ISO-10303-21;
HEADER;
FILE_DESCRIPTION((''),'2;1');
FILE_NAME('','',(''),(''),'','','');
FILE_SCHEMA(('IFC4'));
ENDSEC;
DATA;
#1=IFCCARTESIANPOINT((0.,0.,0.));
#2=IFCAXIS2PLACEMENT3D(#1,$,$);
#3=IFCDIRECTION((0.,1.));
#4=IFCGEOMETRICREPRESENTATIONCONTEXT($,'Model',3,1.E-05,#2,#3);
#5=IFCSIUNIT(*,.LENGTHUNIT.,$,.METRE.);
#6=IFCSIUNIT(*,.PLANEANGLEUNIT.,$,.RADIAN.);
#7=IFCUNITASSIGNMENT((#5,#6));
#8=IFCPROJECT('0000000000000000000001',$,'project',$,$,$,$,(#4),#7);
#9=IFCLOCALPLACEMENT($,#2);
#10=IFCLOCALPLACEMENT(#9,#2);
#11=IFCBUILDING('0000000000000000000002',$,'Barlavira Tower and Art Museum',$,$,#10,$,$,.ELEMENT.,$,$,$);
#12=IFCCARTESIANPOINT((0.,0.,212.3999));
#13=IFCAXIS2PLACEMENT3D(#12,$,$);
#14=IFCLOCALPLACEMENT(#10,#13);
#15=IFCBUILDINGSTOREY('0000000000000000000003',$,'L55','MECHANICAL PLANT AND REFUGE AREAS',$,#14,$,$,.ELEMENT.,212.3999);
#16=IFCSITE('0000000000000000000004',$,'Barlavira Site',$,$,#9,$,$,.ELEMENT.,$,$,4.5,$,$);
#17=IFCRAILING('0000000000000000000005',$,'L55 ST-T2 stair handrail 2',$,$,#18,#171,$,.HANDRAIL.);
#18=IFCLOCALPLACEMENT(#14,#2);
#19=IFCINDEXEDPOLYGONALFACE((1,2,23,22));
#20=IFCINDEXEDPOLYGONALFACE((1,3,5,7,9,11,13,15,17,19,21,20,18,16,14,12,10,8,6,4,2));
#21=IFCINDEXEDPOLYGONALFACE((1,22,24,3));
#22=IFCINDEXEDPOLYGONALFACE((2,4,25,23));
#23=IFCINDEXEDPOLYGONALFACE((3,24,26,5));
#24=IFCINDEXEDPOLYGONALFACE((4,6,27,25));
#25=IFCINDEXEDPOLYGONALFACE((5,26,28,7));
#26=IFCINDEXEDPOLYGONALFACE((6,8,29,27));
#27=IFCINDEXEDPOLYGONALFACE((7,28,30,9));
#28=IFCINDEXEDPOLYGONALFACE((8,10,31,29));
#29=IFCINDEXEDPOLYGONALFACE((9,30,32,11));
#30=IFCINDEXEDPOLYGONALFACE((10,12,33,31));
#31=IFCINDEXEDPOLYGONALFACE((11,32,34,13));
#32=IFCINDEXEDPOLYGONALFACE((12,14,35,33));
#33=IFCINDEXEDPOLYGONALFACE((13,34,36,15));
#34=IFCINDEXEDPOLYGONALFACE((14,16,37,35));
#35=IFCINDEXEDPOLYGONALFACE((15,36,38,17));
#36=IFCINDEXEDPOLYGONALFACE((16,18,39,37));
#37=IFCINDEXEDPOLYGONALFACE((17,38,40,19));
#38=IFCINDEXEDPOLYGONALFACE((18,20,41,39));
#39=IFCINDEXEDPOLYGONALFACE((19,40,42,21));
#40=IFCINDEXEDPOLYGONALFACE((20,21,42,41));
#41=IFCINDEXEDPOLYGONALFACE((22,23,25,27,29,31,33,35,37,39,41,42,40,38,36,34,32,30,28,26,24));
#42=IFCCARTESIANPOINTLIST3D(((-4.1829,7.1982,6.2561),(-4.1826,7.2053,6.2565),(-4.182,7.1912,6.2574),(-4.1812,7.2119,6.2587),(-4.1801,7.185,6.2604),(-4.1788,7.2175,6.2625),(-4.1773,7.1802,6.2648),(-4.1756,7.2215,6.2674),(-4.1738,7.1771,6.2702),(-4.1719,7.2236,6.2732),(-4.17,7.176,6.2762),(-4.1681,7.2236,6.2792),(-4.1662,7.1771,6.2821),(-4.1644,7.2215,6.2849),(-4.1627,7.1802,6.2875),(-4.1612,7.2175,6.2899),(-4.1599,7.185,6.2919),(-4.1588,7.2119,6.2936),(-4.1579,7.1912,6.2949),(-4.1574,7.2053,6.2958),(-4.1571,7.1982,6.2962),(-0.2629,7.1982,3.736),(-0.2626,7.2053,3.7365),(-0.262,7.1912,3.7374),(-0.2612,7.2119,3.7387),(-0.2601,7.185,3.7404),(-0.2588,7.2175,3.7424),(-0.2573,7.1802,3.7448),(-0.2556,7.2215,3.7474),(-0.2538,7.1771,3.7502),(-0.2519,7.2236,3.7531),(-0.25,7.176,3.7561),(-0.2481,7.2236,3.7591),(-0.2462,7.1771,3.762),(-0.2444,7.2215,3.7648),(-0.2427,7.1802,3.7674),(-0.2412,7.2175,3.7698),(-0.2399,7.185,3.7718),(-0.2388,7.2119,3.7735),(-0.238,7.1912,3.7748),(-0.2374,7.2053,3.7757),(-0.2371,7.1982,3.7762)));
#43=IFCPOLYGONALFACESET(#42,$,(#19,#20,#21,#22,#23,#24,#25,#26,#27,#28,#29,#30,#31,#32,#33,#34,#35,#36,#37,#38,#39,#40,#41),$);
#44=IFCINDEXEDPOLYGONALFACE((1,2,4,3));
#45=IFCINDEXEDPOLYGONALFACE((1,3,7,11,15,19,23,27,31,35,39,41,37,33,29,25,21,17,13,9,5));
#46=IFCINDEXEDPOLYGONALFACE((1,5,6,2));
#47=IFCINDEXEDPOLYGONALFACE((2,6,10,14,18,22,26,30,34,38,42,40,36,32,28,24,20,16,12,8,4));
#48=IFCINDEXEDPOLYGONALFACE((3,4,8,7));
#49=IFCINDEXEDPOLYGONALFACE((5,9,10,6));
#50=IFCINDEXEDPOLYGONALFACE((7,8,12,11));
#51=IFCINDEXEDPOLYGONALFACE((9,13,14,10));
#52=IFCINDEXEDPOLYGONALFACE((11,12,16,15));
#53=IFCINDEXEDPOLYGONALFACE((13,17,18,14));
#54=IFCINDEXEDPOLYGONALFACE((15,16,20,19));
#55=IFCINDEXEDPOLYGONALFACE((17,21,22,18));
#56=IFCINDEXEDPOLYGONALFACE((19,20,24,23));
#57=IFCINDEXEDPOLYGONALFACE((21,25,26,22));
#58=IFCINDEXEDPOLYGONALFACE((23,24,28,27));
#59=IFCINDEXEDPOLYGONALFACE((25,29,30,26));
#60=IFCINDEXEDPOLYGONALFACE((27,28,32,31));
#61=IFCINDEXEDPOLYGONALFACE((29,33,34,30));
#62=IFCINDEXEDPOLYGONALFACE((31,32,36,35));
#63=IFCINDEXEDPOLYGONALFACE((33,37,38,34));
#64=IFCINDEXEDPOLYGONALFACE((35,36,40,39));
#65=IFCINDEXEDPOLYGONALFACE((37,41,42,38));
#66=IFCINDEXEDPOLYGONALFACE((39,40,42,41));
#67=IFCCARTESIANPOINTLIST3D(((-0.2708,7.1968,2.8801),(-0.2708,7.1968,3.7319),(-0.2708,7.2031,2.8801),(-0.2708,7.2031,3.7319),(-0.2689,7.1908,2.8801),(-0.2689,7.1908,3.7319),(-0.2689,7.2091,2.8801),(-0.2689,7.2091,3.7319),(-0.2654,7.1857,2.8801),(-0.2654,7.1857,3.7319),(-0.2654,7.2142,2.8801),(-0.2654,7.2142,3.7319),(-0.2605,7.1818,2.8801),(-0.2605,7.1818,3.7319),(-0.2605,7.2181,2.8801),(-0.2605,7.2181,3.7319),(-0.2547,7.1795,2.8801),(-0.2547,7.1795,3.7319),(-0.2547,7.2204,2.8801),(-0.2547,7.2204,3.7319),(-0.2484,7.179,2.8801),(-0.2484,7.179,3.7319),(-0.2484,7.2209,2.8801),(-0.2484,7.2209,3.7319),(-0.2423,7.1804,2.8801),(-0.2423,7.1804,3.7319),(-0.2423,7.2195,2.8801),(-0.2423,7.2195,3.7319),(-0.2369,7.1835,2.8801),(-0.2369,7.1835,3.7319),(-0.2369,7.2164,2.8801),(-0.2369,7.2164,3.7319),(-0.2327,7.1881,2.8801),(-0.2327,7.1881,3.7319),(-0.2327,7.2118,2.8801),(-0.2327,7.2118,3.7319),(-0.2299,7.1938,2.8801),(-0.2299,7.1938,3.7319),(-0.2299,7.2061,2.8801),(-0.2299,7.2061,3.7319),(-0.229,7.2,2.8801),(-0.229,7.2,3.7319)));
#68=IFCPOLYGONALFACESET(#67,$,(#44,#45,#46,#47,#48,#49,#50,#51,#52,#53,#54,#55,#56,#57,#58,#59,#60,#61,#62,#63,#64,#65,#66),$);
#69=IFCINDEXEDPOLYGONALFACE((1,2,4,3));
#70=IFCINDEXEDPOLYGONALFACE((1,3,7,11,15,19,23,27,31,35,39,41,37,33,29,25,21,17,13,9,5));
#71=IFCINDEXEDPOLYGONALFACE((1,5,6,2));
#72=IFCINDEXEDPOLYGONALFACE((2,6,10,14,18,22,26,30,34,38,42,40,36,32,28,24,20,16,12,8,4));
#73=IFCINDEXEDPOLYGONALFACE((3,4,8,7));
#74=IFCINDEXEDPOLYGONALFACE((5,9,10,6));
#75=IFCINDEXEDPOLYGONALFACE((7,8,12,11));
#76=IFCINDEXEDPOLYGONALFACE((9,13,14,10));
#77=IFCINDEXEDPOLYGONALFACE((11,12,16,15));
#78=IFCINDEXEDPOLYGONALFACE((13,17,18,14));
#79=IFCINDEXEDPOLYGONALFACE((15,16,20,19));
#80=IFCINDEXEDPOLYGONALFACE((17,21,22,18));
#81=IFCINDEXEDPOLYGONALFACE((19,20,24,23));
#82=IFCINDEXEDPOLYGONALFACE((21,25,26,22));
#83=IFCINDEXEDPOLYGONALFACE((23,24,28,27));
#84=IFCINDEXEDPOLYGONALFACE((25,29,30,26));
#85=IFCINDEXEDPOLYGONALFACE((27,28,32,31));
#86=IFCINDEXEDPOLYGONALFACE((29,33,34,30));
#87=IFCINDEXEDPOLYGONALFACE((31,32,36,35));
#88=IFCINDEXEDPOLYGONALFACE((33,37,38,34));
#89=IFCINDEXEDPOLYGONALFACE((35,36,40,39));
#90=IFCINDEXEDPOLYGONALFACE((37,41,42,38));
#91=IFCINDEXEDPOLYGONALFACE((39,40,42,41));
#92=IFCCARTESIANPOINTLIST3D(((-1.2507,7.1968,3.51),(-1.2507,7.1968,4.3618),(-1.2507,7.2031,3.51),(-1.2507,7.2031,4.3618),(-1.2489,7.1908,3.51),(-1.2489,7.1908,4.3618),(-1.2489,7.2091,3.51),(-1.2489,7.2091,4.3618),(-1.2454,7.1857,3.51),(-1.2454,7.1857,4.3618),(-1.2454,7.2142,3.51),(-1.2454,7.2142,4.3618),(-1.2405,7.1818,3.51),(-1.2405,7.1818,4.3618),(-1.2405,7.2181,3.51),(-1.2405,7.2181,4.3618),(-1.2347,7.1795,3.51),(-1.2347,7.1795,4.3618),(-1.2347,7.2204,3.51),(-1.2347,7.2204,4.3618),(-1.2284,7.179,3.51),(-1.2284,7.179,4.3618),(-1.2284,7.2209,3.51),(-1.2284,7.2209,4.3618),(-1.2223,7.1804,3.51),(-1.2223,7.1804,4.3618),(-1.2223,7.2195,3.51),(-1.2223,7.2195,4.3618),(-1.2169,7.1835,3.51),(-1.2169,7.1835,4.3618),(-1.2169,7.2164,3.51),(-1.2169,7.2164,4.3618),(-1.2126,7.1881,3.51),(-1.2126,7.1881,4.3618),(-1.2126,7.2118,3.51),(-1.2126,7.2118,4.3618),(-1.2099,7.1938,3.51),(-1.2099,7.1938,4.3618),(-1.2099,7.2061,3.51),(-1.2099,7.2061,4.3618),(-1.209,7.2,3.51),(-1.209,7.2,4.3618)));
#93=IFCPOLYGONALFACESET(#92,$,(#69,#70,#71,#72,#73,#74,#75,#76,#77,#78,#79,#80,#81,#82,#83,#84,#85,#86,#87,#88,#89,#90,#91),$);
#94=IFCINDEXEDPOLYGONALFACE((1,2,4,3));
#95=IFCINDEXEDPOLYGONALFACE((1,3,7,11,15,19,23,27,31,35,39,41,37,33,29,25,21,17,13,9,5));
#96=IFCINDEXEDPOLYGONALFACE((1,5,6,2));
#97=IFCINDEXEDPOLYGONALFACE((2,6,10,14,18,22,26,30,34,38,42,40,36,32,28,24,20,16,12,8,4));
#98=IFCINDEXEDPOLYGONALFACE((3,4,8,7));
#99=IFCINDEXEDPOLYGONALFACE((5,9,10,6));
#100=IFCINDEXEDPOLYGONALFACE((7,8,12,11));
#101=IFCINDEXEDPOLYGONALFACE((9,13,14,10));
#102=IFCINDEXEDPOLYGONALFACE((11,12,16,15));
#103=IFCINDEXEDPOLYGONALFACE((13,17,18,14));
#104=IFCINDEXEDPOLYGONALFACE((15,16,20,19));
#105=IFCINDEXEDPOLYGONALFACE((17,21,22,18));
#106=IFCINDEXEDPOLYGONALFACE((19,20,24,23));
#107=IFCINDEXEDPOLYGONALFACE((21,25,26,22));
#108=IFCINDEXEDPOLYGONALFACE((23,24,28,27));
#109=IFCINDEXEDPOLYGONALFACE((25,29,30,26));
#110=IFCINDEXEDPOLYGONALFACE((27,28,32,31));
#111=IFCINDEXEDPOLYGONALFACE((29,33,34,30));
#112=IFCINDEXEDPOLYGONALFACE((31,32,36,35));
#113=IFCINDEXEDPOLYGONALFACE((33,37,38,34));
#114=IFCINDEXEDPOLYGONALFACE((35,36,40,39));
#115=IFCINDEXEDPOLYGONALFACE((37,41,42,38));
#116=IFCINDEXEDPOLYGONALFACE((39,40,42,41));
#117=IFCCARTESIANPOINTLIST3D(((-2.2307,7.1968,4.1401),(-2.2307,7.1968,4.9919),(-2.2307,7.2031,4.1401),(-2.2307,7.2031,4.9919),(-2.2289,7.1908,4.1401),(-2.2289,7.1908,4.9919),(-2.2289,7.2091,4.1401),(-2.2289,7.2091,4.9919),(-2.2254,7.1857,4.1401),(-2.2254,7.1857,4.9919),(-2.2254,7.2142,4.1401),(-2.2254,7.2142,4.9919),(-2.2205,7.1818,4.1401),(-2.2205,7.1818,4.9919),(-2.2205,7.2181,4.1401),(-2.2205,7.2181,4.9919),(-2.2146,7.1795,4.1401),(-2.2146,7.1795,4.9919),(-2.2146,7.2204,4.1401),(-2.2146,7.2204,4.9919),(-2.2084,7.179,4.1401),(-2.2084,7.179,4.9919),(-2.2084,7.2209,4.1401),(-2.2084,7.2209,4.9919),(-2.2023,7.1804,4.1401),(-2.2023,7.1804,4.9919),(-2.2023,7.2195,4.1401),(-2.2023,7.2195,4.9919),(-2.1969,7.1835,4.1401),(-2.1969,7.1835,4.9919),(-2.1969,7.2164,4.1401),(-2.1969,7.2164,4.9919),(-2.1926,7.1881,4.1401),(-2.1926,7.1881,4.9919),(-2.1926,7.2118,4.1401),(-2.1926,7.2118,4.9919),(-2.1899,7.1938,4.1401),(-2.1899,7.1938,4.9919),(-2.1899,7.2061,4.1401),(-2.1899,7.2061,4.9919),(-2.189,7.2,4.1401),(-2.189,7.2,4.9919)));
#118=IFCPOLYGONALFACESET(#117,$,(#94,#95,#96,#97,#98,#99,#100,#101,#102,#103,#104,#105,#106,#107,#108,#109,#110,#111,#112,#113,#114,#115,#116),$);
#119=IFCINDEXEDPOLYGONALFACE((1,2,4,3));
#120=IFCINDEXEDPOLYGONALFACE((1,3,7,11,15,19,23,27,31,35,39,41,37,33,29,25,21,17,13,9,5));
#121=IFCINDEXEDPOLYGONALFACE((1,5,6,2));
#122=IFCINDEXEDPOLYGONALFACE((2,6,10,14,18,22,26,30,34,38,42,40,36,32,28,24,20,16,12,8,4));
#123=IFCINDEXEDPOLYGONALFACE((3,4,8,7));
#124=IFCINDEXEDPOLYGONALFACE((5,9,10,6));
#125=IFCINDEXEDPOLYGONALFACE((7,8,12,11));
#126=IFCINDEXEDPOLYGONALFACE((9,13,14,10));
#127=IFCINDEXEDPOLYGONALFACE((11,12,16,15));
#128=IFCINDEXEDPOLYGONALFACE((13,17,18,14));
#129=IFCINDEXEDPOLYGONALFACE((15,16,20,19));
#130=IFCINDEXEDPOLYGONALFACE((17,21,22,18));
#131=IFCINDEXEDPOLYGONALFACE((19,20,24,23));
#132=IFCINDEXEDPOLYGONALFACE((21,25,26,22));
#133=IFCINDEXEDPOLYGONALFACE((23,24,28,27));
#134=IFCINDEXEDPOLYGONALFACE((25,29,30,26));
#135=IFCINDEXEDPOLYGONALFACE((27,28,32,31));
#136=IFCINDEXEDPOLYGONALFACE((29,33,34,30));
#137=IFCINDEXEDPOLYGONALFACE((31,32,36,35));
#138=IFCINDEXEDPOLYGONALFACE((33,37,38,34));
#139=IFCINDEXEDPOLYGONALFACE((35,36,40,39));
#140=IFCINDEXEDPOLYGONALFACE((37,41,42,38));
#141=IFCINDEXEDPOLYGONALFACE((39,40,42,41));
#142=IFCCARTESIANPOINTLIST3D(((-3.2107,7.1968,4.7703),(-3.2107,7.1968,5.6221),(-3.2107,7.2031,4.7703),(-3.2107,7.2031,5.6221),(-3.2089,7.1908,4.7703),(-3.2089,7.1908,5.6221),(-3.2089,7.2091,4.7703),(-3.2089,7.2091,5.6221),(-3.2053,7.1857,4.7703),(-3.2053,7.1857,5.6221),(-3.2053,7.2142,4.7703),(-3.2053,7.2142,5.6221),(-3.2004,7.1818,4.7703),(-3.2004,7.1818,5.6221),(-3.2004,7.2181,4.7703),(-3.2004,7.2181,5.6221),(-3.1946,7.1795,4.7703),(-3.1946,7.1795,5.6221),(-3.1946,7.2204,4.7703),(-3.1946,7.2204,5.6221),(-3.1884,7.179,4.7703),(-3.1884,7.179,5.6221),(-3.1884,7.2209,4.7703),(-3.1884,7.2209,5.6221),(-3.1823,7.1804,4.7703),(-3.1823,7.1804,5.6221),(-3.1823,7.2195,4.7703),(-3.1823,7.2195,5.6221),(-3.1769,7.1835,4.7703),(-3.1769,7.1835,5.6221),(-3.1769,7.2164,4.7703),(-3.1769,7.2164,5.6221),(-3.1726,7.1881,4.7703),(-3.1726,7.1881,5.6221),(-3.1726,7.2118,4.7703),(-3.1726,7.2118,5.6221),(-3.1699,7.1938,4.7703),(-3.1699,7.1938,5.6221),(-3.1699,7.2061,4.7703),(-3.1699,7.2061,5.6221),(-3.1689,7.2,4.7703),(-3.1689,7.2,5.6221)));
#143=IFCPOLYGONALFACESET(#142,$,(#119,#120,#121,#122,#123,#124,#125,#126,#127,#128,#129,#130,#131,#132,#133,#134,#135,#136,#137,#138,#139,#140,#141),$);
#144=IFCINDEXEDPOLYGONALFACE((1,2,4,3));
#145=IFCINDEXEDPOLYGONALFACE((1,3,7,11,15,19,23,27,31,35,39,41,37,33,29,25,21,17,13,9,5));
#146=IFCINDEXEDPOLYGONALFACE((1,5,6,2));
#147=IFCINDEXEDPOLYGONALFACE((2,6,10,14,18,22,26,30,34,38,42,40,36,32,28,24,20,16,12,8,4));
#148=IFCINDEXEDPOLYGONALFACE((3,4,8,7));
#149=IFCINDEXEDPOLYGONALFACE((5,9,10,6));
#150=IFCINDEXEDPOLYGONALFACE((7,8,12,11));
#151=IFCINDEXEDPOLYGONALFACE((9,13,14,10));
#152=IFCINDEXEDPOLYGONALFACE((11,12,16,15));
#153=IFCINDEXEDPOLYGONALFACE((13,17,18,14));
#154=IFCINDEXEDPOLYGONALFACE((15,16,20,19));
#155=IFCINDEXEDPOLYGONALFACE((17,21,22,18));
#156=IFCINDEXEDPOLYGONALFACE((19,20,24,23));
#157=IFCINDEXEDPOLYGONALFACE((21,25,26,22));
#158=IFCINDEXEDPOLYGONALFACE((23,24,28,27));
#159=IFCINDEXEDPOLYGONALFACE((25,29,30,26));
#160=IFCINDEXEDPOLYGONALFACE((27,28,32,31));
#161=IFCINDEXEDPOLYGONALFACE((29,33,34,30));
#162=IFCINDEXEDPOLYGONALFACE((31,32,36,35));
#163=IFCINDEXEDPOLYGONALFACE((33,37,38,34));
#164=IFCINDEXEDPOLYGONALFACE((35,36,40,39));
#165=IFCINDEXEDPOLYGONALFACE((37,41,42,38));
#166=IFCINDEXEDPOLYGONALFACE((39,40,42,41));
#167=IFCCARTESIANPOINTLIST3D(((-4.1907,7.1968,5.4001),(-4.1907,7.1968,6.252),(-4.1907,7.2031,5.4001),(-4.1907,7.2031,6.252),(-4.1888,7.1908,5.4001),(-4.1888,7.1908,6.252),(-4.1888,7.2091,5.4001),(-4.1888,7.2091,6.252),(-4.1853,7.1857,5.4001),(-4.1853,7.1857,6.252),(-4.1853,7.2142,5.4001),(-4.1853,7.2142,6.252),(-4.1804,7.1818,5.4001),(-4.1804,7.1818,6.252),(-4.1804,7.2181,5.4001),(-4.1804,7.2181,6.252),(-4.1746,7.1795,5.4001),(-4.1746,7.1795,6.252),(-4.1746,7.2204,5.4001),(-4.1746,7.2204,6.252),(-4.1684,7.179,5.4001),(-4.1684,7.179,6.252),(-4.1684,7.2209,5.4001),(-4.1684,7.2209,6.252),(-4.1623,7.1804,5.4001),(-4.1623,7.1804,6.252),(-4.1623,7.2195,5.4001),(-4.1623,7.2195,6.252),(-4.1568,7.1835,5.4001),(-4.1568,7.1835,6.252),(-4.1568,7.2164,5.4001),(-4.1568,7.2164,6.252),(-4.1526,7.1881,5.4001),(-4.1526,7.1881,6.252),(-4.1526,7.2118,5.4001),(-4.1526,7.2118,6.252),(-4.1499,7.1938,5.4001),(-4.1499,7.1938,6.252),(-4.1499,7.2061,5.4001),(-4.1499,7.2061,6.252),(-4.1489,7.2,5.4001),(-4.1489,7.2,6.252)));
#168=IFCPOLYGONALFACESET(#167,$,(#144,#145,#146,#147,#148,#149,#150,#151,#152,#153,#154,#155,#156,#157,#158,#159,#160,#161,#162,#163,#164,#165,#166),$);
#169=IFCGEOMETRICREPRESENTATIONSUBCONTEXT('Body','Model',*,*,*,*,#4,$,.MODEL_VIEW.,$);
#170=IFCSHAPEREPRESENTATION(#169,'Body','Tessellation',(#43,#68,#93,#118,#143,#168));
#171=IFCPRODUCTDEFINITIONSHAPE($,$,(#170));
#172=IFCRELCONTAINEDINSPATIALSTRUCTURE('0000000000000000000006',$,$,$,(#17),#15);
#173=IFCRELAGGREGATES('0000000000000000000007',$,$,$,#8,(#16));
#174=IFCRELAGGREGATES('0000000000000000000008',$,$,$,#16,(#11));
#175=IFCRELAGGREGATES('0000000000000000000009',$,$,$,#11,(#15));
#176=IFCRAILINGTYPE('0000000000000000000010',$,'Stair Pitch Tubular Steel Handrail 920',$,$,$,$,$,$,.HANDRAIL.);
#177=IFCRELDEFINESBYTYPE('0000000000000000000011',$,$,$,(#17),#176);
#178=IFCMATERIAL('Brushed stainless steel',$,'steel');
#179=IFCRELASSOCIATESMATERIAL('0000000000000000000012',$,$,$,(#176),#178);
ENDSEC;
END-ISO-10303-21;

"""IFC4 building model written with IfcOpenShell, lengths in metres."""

from ifc_helpers import new_model, si_unit, direction, frame, origin, origin_2d, place, context, subcontext, project, spatial, circle, extrude, material, type_object, element, save


model = new_model("IFC4")

# Units and contexts
model_context = context("Model", 3, precision=1e-05, world=origin(), true_north=direction((0.0, 1.0)))
body_context = subcontext(model_context, "Body", "Model", "MODEL_VIEW")
ifc_project = project(units=[si_unit("LENGTHUNIT", "METRE"), si_unit("PLANEANGLEUNIT", "RADIAN")], contexts=[model_context])

# Site, building, storey
site_placement = place(None, origin())
site = spatial("IfcSite", under=ifc_project, at=site_placement, Name="Barlavira Site", CompositionType="ELEMENT", RefElevation=4.5)
building_placement = place(site_placement, origin())
building = spatial("IfcBuilding", under=site, at=building_placement, Name="Barlavira Tower and Art Museum", CompositionType="ELEMENT")
storey_placement = place(building_placement, frame((0.0, 0.0, 212.3999)))
storey = spatial("IfcBuildingStorey", under=building, at=storey_placement, Name="L55", Description="MECHANICAL PLANT AND REFUGE AREAS", CompositionType="ELEMENT", Elevation=212.3999)

# Shared definitions
ifc_material_1 = material(Name="Brushed stainless steel", Category="steel")

# Railing
railing_type_1 = type_object("IfcRailingType", Name="Stair Pitch Tubular Steel Handrail 920", PredefinedType="HANDRAIL", material=ifc_material_1)
railing_1_placement = place(storey_placement, frame((-0.25, 7.2, 2.8801)))
element("IfcRailing", 1, at=railing_1_placement, inside=storey, type_object=railing_type_1, Name="L55 ST-T2 stair handrail 2", PredefinedType="HANDRAIL", context=body_context, shape_type="SweptSolid", body=[
    extrude(circle(Radius=0.0239, at=origin_2d()), frame((0.0, 0.0, 0.876), z_axis=(-0.841172, 0.0, 0.540768), x_axis=(0.0, -1.0, 0.0)), (0.0, 0.0, 1.0), 4.6602),
    extrude(circle(Radius=0.021, at=origin_2d()), origin(), (0.0, 0.0, 1.0), 0.8518),
    extrude(circle(Radius=0.021, at=origin_2d()), frame((-0.98, 0.0, 0.6299)), (0.0, 0.0, 1.0), 0.8518),
    extrude(circle(Radius=0.021, at=origin_2d()), frame((-1.96, 0.0, 1.26)), (0.0, 0.0, 1.0), 0.8518),
    extrude(circle(Radius=0.021, at=origin_2d()), frame((-2.9399, 0.0, 1.8901)), (0.0, 0.0, 1.0), 0.8518),
    extrude(circle(Radius=0.021, at=origin_2d()), frame((-3.9199, 0.0, 2.52)), (0.0, 0.0, 1.0), 0.8518),
])

save(model, "model.ifc")
